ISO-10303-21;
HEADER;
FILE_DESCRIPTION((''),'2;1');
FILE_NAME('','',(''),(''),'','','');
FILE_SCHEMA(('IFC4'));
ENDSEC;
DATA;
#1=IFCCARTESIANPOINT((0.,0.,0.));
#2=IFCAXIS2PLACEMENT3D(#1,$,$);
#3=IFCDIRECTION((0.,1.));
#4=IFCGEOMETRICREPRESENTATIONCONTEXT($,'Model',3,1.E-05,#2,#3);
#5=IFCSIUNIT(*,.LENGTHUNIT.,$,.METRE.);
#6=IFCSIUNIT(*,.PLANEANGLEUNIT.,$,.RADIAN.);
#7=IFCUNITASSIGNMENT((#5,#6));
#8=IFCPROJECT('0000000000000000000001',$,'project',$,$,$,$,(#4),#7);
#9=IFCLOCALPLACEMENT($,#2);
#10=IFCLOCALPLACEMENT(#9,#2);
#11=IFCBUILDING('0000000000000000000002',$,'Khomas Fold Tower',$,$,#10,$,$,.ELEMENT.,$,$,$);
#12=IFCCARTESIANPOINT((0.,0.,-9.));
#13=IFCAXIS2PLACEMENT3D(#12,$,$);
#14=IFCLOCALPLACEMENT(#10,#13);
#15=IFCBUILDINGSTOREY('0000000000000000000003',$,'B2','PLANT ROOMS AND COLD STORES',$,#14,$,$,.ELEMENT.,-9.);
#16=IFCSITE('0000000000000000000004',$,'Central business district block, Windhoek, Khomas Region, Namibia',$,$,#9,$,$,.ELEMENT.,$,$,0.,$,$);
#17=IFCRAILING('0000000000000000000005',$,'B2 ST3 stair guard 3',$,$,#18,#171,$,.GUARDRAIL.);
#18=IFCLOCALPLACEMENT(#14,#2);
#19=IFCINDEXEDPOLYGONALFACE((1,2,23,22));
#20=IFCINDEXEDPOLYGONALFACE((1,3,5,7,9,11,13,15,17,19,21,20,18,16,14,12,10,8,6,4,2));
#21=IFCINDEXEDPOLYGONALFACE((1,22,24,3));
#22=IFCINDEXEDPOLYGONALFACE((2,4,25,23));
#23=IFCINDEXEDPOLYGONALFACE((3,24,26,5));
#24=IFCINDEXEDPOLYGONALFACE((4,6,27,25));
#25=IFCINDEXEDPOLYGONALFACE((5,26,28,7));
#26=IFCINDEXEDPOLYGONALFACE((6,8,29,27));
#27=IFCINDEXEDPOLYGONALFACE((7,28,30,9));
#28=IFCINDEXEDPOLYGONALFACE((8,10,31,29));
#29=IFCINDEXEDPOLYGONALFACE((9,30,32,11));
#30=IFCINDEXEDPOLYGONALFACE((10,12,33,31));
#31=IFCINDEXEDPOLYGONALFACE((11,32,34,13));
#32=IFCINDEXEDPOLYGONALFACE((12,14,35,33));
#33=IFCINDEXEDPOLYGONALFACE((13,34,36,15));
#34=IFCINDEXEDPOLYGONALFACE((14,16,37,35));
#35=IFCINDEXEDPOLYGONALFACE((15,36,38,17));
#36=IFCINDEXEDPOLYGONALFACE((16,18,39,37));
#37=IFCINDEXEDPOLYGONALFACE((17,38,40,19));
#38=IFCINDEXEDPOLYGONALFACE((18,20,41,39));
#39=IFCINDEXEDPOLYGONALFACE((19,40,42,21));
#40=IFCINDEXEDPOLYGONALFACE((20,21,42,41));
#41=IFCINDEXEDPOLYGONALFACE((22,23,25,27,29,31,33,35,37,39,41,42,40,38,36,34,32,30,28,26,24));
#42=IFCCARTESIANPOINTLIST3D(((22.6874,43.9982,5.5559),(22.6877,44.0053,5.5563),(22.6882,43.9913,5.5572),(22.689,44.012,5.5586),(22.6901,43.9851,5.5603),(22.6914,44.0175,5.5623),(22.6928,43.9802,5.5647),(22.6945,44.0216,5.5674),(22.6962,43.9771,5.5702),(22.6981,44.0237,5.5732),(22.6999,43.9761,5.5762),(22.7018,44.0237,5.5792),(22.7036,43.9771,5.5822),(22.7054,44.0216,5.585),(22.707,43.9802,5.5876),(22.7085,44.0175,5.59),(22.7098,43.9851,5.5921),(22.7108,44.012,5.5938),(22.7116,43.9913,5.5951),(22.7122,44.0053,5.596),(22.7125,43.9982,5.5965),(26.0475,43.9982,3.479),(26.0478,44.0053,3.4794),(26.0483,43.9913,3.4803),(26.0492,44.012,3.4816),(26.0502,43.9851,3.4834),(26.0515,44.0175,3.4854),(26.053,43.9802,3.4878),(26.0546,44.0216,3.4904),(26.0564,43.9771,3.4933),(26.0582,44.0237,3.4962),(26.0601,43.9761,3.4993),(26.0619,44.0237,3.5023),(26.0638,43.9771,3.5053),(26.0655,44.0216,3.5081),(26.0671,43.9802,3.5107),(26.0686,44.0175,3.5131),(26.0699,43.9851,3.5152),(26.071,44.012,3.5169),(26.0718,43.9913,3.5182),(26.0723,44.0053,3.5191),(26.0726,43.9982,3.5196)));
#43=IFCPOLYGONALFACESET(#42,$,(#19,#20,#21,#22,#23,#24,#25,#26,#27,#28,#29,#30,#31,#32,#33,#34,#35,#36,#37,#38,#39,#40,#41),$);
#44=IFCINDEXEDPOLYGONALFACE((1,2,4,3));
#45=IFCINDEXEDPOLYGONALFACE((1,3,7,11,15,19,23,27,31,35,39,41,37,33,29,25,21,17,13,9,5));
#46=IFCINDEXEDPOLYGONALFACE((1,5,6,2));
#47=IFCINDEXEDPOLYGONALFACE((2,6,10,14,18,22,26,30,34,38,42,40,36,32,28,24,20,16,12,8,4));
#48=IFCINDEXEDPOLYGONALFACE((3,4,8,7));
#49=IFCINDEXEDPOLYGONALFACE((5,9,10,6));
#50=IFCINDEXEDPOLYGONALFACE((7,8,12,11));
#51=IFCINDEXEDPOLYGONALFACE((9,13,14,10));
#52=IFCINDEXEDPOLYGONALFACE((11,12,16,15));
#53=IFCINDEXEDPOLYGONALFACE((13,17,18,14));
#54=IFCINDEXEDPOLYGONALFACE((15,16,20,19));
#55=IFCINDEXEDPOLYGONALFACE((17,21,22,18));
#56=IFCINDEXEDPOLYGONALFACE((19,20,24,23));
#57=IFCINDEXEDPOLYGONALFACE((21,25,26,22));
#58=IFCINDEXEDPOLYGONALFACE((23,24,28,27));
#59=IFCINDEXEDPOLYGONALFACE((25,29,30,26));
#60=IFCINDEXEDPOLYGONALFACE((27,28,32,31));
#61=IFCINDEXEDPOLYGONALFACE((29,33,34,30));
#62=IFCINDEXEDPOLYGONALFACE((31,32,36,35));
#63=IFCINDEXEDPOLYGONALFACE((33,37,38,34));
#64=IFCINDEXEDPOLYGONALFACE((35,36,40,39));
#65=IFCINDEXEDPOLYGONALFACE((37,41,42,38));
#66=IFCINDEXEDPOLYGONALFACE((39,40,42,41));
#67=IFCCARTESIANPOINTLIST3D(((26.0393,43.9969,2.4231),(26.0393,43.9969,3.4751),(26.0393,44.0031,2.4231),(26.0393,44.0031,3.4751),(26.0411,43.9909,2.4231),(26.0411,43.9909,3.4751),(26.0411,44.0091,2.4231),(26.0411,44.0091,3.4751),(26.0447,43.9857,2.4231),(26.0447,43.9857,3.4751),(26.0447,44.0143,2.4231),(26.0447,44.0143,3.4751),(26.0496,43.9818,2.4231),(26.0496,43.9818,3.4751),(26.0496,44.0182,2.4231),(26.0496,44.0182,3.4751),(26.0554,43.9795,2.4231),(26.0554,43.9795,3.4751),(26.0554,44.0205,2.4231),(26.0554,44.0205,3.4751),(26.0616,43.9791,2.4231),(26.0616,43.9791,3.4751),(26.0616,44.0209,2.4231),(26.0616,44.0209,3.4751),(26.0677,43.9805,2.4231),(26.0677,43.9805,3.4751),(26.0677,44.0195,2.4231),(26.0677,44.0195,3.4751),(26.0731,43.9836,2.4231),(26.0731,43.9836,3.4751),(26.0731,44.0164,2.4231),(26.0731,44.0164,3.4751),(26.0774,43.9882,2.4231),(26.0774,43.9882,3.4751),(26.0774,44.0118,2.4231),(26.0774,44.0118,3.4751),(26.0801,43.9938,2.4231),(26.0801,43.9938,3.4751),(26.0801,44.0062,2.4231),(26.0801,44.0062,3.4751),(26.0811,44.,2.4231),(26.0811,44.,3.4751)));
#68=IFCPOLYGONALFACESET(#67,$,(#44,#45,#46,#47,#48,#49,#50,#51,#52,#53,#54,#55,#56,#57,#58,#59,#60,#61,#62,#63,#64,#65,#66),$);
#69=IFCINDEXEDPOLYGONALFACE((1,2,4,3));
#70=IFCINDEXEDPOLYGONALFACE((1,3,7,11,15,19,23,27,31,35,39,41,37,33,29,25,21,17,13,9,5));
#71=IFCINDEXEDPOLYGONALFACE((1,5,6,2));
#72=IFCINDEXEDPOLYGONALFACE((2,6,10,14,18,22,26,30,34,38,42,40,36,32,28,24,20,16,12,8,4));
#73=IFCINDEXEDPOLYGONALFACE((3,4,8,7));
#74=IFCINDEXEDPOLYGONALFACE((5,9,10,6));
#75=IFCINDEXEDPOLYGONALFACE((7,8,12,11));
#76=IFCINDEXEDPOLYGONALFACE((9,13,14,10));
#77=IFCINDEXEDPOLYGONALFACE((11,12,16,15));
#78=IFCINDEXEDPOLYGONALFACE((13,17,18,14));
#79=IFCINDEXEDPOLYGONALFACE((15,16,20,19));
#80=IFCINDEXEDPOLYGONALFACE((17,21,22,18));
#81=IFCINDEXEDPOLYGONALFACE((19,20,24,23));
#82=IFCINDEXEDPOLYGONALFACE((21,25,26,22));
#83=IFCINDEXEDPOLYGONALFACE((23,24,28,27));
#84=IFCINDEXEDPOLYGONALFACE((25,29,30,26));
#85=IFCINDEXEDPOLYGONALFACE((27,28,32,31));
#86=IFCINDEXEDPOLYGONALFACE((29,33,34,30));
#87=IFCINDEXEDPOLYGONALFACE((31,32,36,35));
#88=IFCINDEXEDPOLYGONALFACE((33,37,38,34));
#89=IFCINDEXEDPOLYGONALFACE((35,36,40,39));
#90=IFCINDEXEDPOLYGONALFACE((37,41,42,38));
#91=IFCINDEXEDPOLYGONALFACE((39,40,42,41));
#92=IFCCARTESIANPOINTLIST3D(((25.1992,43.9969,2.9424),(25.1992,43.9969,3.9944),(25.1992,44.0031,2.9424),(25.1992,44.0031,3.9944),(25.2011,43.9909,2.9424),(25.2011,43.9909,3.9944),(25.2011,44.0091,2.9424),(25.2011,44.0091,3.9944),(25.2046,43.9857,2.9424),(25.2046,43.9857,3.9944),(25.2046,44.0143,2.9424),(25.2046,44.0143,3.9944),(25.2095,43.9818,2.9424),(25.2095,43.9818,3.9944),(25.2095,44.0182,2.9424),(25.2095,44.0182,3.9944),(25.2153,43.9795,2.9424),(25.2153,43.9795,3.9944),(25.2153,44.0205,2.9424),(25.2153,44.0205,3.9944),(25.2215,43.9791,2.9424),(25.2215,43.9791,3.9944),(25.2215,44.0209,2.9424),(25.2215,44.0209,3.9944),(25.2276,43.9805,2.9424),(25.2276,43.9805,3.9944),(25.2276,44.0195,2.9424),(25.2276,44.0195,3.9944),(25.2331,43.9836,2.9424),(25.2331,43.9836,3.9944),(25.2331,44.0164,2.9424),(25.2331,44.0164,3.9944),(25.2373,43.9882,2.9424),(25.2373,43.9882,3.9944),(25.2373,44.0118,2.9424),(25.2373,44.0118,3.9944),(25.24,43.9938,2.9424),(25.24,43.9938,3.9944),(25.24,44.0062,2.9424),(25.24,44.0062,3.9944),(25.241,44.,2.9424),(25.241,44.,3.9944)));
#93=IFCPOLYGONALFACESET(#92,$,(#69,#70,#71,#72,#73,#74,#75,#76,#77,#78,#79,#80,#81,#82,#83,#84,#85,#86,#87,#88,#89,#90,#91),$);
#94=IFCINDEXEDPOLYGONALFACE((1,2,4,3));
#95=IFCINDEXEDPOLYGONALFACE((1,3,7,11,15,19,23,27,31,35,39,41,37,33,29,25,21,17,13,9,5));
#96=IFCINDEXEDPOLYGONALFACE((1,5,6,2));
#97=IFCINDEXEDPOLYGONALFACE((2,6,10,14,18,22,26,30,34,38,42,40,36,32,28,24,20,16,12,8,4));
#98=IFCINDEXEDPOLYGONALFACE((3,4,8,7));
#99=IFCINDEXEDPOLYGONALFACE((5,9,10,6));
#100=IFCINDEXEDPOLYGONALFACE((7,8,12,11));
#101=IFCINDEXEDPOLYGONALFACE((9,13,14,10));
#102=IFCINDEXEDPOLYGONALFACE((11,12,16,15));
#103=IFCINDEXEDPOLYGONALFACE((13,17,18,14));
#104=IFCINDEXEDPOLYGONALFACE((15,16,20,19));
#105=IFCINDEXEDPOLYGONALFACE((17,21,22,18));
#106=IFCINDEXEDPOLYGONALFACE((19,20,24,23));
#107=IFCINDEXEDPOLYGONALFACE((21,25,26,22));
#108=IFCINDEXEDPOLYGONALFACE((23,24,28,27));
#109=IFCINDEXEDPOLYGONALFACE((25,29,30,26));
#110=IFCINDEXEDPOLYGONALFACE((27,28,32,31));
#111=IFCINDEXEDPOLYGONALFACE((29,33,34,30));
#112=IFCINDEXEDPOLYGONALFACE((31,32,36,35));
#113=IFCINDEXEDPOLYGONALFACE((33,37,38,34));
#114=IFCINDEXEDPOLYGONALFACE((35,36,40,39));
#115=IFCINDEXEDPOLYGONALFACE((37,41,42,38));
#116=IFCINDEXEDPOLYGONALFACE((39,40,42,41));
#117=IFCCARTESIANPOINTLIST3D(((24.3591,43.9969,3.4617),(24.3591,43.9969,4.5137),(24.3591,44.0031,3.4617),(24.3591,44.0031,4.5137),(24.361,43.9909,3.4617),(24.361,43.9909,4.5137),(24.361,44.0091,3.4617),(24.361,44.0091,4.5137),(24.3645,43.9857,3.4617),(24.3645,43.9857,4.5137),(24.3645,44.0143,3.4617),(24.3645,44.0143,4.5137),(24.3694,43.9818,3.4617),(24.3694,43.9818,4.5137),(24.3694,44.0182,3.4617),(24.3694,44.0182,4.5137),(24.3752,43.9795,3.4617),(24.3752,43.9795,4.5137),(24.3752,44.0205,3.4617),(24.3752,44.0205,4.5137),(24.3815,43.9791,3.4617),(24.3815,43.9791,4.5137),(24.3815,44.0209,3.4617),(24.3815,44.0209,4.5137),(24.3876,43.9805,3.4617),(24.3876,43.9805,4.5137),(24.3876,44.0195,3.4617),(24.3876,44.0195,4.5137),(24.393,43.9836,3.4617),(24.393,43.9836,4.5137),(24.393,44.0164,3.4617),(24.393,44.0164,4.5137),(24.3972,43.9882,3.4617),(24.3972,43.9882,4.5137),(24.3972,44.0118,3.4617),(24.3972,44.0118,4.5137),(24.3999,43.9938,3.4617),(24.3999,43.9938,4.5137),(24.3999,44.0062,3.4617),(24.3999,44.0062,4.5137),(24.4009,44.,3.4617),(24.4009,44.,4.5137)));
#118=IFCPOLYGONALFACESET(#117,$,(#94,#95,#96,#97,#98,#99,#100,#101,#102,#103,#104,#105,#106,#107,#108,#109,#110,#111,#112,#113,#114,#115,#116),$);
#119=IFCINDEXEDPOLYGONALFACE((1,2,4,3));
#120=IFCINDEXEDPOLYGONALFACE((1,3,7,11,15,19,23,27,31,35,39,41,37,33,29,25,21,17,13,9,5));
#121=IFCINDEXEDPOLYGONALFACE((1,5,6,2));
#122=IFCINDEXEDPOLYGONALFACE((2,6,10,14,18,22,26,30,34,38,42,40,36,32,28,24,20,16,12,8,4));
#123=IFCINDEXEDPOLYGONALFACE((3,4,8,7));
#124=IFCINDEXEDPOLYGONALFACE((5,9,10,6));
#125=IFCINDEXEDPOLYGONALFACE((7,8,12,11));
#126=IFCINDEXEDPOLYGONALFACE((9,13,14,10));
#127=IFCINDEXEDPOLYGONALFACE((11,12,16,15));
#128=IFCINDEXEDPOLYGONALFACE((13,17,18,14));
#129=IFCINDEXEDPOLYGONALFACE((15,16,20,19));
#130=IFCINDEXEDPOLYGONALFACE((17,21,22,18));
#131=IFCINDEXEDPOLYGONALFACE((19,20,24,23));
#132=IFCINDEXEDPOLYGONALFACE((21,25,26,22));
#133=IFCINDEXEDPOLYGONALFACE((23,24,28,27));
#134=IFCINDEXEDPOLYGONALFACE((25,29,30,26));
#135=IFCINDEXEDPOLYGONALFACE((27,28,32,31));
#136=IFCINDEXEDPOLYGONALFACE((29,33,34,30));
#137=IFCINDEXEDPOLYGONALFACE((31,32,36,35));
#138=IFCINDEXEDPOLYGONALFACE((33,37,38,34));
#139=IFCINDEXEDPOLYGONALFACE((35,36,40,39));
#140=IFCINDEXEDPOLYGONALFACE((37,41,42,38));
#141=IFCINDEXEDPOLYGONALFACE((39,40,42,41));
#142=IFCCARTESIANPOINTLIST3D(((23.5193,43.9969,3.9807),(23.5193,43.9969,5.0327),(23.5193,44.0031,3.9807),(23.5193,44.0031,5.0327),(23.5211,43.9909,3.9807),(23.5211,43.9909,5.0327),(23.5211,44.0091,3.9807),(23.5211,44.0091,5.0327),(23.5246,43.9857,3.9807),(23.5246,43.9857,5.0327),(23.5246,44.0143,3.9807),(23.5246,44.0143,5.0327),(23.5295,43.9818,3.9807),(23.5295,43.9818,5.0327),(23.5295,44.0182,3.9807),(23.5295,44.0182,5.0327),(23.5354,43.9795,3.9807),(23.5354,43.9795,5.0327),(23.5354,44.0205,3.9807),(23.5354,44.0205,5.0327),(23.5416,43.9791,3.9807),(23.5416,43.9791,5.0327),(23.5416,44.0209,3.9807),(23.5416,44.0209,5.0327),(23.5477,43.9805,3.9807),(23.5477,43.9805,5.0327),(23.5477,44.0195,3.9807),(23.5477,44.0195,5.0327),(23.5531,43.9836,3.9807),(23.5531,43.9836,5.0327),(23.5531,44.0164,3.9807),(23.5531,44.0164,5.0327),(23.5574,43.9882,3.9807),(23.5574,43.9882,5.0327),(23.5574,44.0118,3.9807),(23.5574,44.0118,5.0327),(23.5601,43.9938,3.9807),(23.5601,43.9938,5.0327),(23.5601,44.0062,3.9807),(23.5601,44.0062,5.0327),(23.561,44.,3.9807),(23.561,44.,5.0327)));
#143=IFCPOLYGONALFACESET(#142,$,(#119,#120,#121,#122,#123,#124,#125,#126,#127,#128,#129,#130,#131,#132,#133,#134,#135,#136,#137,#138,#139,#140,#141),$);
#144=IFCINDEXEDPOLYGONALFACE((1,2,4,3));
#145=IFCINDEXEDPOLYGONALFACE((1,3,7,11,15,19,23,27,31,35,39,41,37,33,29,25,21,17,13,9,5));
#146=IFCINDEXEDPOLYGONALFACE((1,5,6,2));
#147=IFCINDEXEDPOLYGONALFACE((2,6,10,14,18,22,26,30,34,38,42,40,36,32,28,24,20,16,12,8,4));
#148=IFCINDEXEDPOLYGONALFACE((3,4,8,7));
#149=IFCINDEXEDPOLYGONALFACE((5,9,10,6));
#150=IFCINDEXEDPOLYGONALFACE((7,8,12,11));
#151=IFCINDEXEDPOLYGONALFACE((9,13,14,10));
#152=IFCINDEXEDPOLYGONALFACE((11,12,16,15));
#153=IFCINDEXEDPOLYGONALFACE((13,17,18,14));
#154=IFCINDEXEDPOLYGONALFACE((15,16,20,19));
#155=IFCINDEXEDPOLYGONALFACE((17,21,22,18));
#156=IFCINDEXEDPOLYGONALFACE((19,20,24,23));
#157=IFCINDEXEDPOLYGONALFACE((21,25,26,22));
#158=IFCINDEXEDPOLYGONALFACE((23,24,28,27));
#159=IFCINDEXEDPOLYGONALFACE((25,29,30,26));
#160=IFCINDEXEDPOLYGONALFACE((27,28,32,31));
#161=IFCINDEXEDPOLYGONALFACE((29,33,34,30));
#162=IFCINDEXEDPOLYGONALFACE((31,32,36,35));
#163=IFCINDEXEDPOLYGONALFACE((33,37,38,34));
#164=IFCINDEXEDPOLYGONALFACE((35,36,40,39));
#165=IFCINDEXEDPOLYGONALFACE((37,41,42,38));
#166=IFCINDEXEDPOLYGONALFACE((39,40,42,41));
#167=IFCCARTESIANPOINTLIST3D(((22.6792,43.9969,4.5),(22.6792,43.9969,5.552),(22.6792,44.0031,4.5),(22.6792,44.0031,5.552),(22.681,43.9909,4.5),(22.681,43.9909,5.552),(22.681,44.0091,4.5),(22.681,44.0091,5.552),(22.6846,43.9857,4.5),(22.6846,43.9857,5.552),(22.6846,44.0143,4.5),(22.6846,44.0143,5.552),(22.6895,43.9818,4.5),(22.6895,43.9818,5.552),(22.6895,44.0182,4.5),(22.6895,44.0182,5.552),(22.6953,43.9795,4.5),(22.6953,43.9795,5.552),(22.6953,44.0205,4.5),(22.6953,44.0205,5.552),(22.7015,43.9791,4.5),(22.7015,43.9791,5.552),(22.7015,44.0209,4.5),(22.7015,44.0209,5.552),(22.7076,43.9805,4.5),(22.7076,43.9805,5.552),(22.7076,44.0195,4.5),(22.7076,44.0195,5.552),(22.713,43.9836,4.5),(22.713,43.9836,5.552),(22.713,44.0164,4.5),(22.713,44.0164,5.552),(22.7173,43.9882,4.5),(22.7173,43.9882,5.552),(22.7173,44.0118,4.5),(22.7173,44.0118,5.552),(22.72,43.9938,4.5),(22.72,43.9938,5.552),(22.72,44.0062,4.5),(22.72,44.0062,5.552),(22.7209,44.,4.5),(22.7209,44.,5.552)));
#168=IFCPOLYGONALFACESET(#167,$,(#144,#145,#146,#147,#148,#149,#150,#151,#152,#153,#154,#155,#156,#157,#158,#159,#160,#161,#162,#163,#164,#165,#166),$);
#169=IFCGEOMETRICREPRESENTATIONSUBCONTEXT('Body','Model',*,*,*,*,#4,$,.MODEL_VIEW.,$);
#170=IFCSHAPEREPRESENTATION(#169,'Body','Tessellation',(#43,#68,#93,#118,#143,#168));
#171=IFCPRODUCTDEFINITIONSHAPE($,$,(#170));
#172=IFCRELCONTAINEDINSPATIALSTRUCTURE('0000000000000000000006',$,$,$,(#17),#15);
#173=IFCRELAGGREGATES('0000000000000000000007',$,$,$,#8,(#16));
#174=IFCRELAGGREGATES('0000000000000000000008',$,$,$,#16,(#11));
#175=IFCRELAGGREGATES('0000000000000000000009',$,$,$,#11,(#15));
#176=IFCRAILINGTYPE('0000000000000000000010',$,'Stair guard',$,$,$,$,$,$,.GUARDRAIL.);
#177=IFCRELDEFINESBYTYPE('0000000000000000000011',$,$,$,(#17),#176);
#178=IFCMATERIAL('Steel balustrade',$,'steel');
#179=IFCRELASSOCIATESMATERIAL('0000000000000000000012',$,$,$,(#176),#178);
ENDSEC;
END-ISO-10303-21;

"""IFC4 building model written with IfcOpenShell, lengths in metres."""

from ifc_helpers import new_model, si_unit, direction, frame, origin, origin_2d, place, context, subcontext, project, spatial, circle, extrude, source, transform, mapped, material, type_object, element, save


model = new_model("IFC4")

# Units and contexts
model_context = context("Model", 3, precision=1e-05, world=origin(), true_north=direction((0.0, 1.0)))
body_context = subcontext(model_context, "Body", "Model", "MODEL_VIEW")
ifc_project = project(units=[si_unit("LENGTHUNIT", "METRE"), si_unit("PLANEANGLEUNIT", "RADIAN")], contexts=[model_context])

# Site, building, storey
site_placement = place(None, origin())
site = spatial("IfcSite", under=ifc_project, at=site_placement, Name="Central business district block, Windhoek, Khomas Region, Namibia", CompositionType="ELEMENT", RefElevation=0.0)
building_placement = place(site_placement, origin())
building = spatial("IfcBuilding", under=site, at=building_placement, Name="Khomas Fold Tower", CompositionType="ELEMENT")
storey_placement = place(building_placement, frame((0.0, 0.0, -9.0)))
storey = spatial("IfcBuildingStorey", under=building, at=storey_placement, Name="B2", Description="PLANT ROOMS AND COLD STORES", CompositionType="ELEMENT", Elevation=-9.0)

# Railing
ifc_material_1 = material(Name="Steel balustrade", Category="steel")
railing_type_1 = type_object("IfcRailingType", Name="Stair guard", PredefinedType="GUARDRAIL", material=ifc_material_1)
shared_shape_1 = source(origin(), body_context, "Body", "SweptSolid", [
    extrude(circle(Radius=0.0239, at=origin_2d()), frame((0.0, 0.0, 1.0762), z_axis=(-0.850623, 0.0, 0.525776), x_axis=(0.0, -1.0, 0.0)), (0.0, 0.0, 1.0), 3.9502),
    extrude(circle(Radius=0.021, at=origin_2d()), origin(), (0.0, 0.0, 1.0), 1.052),
    extrude(circle(Radius=0.021, at=origin_2d()), frame((-0.8401, 0.0, 0.5193)), (0.0, 0.0, 1.0), 1.052),
    extrude(circle(Radius=0.021, at=origin_2d()), frame((-1.6802, 0.0, 1.0386)), (0.0, 0.0, 1.0), 1.052),
    extrude(circle(Radius=0.021, at=origin_2d()), frame((-2.52, 0.0, 1.5576)), (0.0, 0.0, 1.0), 1.052),
    extrude(circle(Radius=0.021, at=origin_2d()), frame((-3.3601, 0.0, 2.0769)), (0.0, 0.0, 1.0), 1.052),
])
railing_1_placement = place(storey_placement, frame((26.0601, 44.0, 2.4231)))
element("IfcRailing", 1, at=railing_1_placement, inside=storey, type_object=railing_type_1, Name="B2 ST3 stair guard 3", PredefinedType="GUARDRAIL", context=body_context, shape_type="MappedRepresentation", body=[
    mapped(shared_shape_1, transform((0.0, 0.0, 0.0))),
])

save(model, "model.ifc")
